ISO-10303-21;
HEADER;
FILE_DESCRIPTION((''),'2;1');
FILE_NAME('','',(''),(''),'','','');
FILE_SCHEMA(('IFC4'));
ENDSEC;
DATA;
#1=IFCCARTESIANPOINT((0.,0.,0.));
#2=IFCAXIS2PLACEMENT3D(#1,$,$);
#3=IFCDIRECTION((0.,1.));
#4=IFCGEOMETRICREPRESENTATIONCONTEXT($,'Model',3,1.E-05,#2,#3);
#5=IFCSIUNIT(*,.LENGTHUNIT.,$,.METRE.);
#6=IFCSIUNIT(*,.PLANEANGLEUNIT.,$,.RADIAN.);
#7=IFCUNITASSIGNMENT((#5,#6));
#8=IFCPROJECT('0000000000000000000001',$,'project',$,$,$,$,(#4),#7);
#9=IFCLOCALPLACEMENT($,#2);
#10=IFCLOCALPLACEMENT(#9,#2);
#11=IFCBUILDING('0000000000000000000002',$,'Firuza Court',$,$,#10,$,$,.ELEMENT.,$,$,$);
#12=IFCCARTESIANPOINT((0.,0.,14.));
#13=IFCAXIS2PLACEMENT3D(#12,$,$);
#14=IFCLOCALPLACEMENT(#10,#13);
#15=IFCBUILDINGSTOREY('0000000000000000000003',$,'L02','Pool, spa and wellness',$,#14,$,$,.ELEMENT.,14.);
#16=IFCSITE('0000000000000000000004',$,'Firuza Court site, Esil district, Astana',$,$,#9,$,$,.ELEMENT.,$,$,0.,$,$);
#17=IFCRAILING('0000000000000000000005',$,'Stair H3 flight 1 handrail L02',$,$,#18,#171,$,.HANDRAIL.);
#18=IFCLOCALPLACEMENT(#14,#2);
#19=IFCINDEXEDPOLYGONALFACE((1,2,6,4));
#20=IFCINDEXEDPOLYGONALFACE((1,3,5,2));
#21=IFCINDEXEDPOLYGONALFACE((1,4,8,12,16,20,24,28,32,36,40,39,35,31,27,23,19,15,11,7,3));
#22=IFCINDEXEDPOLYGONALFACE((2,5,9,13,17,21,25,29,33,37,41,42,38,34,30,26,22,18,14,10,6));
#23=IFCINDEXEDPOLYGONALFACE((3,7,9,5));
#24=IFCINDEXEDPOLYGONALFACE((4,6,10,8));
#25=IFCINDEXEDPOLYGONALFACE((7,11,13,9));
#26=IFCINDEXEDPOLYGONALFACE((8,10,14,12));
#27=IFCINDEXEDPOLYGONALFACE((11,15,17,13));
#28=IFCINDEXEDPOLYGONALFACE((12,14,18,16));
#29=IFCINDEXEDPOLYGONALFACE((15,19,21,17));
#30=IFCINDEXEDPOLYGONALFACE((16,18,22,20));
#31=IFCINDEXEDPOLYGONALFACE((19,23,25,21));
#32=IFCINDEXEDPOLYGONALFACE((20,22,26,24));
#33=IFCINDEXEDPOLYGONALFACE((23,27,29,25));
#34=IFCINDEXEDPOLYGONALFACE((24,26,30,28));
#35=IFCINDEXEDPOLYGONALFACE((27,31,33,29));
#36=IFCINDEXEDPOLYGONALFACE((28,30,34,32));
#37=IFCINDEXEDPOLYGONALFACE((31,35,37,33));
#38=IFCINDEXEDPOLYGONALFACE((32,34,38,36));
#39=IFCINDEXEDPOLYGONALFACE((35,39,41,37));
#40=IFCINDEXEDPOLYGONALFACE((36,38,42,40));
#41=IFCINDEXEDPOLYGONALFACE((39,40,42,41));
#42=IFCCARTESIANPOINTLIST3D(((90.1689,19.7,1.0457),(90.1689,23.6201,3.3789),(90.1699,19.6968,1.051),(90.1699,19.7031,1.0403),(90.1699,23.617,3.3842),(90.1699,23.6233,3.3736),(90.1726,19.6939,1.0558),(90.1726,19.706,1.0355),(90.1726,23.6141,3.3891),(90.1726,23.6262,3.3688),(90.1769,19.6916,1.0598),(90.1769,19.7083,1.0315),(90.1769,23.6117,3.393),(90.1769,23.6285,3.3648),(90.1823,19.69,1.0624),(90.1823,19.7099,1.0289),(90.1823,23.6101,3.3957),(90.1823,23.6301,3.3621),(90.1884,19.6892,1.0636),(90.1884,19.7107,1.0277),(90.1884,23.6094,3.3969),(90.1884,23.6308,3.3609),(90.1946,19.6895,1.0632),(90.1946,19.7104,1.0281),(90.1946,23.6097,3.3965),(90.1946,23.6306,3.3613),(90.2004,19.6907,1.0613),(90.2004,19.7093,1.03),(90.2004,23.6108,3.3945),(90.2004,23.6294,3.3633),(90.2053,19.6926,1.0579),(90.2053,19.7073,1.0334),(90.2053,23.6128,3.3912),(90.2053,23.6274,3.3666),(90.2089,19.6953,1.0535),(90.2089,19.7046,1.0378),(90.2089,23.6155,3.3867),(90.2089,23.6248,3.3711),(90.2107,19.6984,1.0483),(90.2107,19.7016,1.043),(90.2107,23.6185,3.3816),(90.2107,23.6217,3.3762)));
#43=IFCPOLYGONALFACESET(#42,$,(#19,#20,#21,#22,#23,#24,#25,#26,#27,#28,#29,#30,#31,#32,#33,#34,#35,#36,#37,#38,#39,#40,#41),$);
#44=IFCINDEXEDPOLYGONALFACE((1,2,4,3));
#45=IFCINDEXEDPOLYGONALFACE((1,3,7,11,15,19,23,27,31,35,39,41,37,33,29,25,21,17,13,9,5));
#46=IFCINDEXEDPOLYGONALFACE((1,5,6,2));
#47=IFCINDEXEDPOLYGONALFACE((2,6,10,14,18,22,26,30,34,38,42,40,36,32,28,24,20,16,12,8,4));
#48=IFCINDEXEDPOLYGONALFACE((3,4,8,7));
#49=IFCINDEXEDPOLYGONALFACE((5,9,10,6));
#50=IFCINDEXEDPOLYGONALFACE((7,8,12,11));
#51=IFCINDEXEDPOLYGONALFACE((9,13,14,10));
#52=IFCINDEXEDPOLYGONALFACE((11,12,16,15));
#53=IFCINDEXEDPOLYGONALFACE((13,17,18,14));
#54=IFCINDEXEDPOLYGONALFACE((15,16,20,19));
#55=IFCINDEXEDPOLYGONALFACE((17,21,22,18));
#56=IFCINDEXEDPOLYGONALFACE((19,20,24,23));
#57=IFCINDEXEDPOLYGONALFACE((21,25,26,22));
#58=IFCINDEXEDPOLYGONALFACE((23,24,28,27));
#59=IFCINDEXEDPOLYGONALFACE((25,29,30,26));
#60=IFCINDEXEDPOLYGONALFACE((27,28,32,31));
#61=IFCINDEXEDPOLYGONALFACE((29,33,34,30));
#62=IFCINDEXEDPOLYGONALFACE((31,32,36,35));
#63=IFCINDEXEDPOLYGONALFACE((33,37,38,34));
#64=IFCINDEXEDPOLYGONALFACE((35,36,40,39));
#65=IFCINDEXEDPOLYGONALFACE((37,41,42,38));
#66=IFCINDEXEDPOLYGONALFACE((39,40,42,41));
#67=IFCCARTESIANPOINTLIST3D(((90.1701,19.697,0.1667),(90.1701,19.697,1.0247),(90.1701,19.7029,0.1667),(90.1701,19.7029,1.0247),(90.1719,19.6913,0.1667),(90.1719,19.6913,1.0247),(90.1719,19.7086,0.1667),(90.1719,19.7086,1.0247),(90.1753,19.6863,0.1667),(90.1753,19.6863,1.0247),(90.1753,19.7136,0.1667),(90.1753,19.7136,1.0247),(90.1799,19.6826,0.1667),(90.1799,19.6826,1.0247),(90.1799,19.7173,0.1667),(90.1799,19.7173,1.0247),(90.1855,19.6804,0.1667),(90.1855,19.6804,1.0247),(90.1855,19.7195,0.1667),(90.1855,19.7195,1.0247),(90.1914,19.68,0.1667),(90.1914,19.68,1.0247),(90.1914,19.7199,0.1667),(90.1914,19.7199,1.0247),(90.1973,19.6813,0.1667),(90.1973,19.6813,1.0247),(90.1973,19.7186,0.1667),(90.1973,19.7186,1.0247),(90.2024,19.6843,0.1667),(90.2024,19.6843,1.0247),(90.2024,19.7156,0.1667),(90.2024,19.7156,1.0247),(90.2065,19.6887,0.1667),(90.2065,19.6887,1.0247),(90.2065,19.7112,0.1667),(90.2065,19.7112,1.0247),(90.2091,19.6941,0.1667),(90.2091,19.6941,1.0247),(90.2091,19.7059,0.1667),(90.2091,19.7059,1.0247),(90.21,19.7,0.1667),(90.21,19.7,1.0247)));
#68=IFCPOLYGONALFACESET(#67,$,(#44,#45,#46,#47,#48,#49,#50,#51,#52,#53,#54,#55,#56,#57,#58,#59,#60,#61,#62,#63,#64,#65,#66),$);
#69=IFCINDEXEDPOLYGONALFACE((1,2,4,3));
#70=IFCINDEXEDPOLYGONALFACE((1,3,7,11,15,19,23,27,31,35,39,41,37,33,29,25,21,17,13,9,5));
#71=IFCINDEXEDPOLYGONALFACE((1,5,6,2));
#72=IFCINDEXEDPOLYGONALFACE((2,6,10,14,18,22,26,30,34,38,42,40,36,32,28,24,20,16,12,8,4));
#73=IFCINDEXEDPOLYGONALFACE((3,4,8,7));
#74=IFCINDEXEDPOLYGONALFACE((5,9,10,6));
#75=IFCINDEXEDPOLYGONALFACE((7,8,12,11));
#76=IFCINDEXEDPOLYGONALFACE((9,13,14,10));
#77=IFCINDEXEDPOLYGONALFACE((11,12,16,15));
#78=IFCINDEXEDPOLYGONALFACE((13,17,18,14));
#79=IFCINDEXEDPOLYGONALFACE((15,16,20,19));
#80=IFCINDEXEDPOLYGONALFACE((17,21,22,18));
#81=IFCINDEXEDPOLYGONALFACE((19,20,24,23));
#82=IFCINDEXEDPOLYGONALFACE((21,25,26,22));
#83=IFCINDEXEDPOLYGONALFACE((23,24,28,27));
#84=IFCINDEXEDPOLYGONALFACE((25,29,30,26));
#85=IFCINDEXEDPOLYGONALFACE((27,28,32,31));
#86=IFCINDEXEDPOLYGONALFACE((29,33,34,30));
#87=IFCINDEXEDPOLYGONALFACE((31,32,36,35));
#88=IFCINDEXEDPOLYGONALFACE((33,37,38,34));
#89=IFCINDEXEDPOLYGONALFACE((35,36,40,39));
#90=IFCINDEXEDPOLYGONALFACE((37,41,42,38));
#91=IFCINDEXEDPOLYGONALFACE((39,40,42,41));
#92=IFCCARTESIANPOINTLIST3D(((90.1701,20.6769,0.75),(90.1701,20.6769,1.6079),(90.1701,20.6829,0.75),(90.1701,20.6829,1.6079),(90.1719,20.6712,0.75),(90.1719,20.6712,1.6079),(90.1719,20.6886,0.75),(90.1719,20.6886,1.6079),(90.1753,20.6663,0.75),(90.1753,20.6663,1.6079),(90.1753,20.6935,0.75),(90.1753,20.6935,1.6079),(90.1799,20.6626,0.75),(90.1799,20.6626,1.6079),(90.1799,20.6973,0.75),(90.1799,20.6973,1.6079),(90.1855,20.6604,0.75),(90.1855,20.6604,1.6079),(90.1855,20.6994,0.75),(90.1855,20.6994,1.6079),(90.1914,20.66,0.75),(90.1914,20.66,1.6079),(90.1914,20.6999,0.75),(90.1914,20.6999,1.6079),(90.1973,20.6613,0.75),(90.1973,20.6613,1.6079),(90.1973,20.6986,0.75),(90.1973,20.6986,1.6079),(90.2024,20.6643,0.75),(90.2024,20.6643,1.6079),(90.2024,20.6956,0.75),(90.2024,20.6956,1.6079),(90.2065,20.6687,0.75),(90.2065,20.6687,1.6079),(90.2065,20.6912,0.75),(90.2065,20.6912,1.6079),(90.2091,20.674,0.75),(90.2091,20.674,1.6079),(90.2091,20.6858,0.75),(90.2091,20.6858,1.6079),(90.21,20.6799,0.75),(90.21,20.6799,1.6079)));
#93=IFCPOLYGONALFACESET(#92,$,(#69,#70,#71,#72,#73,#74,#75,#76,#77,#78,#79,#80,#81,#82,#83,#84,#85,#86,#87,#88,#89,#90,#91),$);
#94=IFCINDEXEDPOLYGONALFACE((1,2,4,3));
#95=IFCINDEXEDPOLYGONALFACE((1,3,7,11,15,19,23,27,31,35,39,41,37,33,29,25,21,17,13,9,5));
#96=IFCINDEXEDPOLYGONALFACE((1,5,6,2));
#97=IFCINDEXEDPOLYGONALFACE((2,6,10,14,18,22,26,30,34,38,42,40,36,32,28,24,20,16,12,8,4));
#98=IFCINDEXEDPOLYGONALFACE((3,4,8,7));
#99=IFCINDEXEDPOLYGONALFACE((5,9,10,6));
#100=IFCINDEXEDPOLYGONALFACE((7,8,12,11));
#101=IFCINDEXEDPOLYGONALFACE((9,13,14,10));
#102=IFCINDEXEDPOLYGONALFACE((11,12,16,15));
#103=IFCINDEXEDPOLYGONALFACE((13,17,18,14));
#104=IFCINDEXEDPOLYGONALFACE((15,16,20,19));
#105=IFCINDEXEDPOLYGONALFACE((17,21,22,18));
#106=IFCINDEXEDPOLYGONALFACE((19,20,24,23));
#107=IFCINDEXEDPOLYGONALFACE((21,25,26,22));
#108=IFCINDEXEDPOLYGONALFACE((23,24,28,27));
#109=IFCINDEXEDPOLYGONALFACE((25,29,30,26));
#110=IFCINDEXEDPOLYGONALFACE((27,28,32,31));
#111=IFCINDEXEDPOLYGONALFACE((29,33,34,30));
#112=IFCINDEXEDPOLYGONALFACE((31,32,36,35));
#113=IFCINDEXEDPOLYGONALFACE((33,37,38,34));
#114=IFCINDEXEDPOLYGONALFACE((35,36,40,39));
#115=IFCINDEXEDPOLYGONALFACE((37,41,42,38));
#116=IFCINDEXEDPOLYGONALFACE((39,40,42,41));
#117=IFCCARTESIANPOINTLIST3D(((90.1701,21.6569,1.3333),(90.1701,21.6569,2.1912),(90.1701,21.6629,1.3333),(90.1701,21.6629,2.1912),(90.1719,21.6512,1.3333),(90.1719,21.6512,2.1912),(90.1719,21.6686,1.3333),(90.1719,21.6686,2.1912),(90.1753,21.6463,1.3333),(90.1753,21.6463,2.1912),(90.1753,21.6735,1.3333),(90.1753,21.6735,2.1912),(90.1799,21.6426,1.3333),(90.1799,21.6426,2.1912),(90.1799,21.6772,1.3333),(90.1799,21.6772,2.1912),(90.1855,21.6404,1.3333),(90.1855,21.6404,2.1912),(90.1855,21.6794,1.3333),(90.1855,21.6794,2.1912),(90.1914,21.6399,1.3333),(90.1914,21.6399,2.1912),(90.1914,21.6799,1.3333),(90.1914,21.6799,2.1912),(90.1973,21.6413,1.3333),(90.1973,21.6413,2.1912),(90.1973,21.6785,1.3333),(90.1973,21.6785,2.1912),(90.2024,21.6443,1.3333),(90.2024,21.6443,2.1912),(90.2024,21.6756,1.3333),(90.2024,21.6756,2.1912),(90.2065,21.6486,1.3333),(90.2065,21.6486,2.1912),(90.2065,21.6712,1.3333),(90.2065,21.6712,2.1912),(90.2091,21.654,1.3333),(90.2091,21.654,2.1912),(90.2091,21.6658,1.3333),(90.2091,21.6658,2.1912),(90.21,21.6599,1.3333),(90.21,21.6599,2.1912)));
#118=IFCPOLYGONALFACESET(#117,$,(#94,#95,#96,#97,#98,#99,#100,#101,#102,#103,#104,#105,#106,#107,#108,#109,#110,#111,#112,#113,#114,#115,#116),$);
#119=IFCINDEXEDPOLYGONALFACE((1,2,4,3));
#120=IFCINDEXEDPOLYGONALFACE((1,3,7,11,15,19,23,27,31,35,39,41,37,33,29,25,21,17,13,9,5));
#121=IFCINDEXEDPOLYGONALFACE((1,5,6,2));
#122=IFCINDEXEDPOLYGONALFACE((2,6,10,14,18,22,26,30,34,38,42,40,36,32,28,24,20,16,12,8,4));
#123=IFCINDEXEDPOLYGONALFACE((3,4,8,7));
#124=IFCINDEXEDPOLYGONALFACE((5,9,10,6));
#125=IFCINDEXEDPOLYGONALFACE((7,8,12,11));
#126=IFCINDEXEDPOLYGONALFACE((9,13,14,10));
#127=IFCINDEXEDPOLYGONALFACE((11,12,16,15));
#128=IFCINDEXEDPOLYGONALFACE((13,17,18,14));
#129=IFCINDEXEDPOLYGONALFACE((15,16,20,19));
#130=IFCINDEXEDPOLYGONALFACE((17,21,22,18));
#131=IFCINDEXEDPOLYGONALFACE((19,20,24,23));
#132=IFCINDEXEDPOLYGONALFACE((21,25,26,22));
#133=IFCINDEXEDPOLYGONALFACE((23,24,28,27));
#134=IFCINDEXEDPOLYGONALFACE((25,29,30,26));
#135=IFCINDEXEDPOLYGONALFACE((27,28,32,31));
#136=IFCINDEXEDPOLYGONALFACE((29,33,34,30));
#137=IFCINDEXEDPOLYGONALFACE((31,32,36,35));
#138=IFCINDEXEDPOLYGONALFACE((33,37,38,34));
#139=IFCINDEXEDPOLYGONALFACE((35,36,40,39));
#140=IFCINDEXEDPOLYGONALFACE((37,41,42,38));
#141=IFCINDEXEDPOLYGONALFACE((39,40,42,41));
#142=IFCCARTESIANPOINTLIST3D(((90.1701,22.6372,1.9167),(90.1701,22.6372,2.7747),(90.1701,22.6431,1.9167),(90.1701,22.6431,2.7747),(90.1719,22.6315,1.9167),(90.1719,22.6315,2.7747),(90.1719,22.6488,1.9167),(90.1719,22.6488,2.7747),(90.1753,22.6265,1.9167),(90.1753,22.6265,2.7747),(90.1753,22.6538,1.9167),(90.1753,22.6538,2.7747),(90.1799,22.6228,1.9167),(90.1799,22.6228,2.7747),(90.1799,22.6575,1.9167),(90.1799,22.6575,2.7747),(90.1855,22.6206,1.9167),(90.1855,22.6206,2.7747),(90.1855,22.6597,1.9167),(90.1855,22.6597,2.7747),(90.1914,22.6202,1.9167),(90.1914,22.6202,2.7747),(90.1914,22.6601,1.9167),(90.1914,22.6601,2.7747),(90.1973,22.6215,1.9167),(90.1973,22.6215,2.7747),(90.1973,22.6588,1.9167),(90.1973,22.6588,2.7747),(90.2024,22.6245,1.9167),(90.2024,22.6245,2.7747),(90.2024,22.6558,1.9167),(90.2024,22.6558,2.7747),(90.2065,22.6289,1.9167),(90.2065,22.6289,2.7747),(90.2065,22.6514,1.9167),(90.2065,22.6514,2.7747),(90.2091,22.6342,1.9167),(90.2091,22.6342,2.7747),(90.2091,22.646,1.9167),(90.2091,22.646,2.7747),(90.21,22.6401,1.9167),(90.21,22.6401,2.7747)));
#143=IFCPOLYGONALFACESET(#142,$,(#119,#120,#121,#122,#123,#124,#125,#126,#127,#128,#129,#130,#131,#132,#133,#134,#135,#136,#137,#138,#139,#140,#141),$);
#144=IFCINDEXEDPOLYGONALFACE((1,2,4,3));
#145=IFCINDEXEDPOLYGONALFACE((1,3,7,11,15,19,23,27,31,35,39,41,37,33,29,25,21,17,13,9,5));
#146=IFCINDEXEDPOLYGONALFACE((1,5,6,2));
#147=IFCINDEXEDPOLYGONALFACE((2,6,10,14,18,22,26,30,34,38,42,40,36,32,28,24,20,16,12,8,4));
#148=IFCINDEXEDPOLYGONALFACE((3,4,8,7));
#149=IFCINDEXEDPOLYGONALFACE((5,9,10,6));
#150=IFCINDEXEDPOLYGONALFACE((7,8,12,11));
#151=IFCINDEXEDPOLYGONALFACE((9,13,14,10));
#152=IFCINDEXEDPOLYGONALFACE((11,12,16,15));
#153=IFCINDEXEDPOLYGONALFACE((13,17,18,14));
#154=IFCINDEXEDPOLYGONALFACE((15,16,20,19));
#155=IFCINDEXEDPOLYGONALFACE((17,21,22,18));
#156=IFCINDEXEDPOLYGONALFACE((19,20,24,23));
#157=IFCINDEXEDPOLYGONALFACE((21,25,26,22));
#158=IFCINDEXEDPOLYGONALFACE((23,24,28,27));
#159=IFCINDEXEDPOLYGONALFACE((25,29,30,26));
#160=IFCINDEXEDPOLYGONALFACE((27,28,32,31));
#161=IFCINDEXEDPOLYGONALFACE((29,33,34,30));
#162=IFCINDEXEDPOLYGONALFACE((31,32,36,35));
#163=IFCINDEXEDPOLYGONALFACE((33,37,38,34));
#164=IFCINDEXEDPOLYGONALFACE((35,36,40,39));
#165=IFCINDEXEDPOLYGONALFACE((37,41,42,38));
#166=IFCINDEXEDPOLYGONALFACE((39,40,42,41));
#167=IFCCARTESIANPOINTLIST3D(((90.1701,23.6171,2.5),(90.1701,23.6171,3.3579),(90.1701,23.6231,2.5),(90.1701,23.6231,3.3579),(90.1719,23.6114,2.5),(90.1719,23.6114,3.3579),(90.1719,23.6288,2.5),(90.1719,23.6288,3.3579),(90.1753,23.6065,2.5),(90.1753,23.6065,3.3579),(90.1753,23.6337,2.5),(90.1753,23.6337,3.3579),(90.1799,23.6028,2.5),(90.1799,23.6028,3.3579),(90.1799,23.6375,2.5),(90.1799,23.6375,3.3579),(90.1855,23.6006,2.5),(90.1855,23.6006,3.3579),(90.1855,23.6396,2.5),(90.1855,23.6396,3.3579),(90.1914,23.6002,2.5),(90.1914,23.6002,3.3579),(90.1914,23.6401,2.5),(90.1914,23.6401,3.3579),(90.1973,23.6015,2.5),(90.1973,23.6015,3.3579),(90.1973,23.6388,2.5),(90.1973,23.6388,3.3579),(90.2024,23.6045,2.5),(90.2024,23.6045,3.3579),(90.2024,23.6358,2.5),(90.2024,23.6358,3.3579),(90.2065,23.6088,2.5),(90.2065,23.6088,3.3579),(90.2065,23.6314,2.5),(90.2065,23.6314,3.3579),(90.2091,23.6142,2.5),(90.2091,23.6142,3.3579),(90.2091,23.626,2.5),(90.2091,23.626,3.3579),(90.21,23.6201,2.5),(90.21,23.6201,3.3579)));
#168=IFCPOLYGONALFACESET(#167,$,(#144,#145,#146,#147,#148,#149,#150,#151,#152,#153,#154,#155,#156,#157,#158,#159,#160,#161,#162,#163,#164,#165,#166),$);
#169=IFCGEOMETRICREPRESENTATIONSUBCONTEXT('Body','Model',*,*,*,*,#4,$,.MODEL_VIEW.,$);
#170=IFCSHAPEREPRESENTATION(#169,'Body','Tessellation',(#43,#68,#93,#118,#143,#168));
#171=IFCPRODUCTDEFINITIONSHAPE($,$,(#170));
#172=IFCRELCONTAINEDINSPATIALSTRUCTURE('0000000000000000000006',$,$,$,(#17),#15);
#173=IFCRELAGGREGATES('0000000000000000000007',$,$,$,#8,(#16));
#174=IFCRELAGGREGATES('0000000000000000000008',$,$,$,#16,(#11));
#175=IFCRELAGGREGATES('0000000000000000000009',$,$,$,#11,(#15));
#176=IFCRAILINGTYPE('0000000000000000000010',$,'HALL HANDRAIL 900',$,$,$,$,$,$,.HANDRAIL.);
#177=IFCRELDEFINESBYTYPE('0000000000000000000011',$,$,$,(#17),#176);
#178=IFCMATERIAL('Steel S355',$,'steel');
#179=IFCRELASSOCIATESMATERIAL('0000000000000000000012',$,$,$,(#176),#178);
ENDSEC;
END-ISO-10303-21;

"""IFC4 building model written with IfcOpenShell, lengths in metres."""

from ifc_helpers import new_model, si_unit, direction, frame, origin, origin_2d, place, context, subcontext, project, spatial, circle, extrude, material, type_object, element, save


model = new_model("IFC4")

# Units and contexts
model_context = context("Model", 3, precision=1e-05, world=origin(), true_north=direction((0.0, 1.0)))
body_context = subcontext(model_context, "Body", "Model", "MODEL_VIEW")
ifc_project = project(units=[si_unit("LENGTHUNIT", "METRE"), si_unit("PLANEANGLEUNIT", "RADIAN")], contexts=[model_context])

# Site, building, storey
site_placement = place(None, origin())
site = spatial("IfcSite", under=ifc_project, at=site_placement, Name="Firuza Court site, Esil district, Astana", CompositionType="ELEMENT", RefElevation=0.0)
building_placement = place(site_placement, origin())
building = spatial("IfcBuilding", under=site, at=building_placement, Name="Firuza Court", CompositionType="ELEMENT")
storey_placement = place(building_placement, frame((0.0, 0.0, 14.0)))
storey = spatial("IfcBuildingStorey", under=building, at=storey_placement, Name="L02", Description="Pool, spa and wellness", CompositionType="ELEMENT", Elevation=14.0)

# Railing
ifc_material_1 = material(Name="Steel S355", Category="steel")
railing_type = type_object("IfcRailingType", Name="HALL HANDRAIL 900", PredefinedType="HANDRAIL", material=ifc_material_1)
railing_1_placement = place(storey_placement, frame((90.1899, 19.7, 0.1667)))
element("IfcRailing", 1, at=railing_1_placement, inside=storey, type_object=railing_type, Name="Stair H3 flight 1 handrail L02", PredefinedType="HANDRAIL", context=body_context, shape_type="SweptSolid", body=[
    extrude(circle(Radius=0.021, at=origin_2d()), frame((0.0, 0.0, 0.8789), z_axis=(0.0, 0.85931, 0.511455), x_axis=(-1.0, 0.0, 0.0)), (0.0, 0.0, 1.0), 4.562),
    extrude(circle(Radius=0.02, at=origin_2d()), origin(), (0.0, 0.0, 1.0), 0.8579),
    extrude(circle(Radius=0.02, at=origin_2d()), frame((0.0, 0.98, 0.5833)), (0.0, 0.0, 1.0), 0.8579),
    extrude(circle(Radius=0.02, at=origin_2d()), frame((0.0, 1.96, 1.1665)), (0.0, 0.0, 1.0), 0.8579),
    extrude(circle(Radius=0.02, at=origin_2d()), frame((0.0, 2.9402, 1.75)), (0.0, 0.0, 1.0), 0.8579),
    extrude(circle(Radius=0.02, at=origin_2d()), frame((0.0, 3.9202, 2.3333)), (0.0, 0.0, 1.0), 0.8579),
])

save(model, "model.ifc")
